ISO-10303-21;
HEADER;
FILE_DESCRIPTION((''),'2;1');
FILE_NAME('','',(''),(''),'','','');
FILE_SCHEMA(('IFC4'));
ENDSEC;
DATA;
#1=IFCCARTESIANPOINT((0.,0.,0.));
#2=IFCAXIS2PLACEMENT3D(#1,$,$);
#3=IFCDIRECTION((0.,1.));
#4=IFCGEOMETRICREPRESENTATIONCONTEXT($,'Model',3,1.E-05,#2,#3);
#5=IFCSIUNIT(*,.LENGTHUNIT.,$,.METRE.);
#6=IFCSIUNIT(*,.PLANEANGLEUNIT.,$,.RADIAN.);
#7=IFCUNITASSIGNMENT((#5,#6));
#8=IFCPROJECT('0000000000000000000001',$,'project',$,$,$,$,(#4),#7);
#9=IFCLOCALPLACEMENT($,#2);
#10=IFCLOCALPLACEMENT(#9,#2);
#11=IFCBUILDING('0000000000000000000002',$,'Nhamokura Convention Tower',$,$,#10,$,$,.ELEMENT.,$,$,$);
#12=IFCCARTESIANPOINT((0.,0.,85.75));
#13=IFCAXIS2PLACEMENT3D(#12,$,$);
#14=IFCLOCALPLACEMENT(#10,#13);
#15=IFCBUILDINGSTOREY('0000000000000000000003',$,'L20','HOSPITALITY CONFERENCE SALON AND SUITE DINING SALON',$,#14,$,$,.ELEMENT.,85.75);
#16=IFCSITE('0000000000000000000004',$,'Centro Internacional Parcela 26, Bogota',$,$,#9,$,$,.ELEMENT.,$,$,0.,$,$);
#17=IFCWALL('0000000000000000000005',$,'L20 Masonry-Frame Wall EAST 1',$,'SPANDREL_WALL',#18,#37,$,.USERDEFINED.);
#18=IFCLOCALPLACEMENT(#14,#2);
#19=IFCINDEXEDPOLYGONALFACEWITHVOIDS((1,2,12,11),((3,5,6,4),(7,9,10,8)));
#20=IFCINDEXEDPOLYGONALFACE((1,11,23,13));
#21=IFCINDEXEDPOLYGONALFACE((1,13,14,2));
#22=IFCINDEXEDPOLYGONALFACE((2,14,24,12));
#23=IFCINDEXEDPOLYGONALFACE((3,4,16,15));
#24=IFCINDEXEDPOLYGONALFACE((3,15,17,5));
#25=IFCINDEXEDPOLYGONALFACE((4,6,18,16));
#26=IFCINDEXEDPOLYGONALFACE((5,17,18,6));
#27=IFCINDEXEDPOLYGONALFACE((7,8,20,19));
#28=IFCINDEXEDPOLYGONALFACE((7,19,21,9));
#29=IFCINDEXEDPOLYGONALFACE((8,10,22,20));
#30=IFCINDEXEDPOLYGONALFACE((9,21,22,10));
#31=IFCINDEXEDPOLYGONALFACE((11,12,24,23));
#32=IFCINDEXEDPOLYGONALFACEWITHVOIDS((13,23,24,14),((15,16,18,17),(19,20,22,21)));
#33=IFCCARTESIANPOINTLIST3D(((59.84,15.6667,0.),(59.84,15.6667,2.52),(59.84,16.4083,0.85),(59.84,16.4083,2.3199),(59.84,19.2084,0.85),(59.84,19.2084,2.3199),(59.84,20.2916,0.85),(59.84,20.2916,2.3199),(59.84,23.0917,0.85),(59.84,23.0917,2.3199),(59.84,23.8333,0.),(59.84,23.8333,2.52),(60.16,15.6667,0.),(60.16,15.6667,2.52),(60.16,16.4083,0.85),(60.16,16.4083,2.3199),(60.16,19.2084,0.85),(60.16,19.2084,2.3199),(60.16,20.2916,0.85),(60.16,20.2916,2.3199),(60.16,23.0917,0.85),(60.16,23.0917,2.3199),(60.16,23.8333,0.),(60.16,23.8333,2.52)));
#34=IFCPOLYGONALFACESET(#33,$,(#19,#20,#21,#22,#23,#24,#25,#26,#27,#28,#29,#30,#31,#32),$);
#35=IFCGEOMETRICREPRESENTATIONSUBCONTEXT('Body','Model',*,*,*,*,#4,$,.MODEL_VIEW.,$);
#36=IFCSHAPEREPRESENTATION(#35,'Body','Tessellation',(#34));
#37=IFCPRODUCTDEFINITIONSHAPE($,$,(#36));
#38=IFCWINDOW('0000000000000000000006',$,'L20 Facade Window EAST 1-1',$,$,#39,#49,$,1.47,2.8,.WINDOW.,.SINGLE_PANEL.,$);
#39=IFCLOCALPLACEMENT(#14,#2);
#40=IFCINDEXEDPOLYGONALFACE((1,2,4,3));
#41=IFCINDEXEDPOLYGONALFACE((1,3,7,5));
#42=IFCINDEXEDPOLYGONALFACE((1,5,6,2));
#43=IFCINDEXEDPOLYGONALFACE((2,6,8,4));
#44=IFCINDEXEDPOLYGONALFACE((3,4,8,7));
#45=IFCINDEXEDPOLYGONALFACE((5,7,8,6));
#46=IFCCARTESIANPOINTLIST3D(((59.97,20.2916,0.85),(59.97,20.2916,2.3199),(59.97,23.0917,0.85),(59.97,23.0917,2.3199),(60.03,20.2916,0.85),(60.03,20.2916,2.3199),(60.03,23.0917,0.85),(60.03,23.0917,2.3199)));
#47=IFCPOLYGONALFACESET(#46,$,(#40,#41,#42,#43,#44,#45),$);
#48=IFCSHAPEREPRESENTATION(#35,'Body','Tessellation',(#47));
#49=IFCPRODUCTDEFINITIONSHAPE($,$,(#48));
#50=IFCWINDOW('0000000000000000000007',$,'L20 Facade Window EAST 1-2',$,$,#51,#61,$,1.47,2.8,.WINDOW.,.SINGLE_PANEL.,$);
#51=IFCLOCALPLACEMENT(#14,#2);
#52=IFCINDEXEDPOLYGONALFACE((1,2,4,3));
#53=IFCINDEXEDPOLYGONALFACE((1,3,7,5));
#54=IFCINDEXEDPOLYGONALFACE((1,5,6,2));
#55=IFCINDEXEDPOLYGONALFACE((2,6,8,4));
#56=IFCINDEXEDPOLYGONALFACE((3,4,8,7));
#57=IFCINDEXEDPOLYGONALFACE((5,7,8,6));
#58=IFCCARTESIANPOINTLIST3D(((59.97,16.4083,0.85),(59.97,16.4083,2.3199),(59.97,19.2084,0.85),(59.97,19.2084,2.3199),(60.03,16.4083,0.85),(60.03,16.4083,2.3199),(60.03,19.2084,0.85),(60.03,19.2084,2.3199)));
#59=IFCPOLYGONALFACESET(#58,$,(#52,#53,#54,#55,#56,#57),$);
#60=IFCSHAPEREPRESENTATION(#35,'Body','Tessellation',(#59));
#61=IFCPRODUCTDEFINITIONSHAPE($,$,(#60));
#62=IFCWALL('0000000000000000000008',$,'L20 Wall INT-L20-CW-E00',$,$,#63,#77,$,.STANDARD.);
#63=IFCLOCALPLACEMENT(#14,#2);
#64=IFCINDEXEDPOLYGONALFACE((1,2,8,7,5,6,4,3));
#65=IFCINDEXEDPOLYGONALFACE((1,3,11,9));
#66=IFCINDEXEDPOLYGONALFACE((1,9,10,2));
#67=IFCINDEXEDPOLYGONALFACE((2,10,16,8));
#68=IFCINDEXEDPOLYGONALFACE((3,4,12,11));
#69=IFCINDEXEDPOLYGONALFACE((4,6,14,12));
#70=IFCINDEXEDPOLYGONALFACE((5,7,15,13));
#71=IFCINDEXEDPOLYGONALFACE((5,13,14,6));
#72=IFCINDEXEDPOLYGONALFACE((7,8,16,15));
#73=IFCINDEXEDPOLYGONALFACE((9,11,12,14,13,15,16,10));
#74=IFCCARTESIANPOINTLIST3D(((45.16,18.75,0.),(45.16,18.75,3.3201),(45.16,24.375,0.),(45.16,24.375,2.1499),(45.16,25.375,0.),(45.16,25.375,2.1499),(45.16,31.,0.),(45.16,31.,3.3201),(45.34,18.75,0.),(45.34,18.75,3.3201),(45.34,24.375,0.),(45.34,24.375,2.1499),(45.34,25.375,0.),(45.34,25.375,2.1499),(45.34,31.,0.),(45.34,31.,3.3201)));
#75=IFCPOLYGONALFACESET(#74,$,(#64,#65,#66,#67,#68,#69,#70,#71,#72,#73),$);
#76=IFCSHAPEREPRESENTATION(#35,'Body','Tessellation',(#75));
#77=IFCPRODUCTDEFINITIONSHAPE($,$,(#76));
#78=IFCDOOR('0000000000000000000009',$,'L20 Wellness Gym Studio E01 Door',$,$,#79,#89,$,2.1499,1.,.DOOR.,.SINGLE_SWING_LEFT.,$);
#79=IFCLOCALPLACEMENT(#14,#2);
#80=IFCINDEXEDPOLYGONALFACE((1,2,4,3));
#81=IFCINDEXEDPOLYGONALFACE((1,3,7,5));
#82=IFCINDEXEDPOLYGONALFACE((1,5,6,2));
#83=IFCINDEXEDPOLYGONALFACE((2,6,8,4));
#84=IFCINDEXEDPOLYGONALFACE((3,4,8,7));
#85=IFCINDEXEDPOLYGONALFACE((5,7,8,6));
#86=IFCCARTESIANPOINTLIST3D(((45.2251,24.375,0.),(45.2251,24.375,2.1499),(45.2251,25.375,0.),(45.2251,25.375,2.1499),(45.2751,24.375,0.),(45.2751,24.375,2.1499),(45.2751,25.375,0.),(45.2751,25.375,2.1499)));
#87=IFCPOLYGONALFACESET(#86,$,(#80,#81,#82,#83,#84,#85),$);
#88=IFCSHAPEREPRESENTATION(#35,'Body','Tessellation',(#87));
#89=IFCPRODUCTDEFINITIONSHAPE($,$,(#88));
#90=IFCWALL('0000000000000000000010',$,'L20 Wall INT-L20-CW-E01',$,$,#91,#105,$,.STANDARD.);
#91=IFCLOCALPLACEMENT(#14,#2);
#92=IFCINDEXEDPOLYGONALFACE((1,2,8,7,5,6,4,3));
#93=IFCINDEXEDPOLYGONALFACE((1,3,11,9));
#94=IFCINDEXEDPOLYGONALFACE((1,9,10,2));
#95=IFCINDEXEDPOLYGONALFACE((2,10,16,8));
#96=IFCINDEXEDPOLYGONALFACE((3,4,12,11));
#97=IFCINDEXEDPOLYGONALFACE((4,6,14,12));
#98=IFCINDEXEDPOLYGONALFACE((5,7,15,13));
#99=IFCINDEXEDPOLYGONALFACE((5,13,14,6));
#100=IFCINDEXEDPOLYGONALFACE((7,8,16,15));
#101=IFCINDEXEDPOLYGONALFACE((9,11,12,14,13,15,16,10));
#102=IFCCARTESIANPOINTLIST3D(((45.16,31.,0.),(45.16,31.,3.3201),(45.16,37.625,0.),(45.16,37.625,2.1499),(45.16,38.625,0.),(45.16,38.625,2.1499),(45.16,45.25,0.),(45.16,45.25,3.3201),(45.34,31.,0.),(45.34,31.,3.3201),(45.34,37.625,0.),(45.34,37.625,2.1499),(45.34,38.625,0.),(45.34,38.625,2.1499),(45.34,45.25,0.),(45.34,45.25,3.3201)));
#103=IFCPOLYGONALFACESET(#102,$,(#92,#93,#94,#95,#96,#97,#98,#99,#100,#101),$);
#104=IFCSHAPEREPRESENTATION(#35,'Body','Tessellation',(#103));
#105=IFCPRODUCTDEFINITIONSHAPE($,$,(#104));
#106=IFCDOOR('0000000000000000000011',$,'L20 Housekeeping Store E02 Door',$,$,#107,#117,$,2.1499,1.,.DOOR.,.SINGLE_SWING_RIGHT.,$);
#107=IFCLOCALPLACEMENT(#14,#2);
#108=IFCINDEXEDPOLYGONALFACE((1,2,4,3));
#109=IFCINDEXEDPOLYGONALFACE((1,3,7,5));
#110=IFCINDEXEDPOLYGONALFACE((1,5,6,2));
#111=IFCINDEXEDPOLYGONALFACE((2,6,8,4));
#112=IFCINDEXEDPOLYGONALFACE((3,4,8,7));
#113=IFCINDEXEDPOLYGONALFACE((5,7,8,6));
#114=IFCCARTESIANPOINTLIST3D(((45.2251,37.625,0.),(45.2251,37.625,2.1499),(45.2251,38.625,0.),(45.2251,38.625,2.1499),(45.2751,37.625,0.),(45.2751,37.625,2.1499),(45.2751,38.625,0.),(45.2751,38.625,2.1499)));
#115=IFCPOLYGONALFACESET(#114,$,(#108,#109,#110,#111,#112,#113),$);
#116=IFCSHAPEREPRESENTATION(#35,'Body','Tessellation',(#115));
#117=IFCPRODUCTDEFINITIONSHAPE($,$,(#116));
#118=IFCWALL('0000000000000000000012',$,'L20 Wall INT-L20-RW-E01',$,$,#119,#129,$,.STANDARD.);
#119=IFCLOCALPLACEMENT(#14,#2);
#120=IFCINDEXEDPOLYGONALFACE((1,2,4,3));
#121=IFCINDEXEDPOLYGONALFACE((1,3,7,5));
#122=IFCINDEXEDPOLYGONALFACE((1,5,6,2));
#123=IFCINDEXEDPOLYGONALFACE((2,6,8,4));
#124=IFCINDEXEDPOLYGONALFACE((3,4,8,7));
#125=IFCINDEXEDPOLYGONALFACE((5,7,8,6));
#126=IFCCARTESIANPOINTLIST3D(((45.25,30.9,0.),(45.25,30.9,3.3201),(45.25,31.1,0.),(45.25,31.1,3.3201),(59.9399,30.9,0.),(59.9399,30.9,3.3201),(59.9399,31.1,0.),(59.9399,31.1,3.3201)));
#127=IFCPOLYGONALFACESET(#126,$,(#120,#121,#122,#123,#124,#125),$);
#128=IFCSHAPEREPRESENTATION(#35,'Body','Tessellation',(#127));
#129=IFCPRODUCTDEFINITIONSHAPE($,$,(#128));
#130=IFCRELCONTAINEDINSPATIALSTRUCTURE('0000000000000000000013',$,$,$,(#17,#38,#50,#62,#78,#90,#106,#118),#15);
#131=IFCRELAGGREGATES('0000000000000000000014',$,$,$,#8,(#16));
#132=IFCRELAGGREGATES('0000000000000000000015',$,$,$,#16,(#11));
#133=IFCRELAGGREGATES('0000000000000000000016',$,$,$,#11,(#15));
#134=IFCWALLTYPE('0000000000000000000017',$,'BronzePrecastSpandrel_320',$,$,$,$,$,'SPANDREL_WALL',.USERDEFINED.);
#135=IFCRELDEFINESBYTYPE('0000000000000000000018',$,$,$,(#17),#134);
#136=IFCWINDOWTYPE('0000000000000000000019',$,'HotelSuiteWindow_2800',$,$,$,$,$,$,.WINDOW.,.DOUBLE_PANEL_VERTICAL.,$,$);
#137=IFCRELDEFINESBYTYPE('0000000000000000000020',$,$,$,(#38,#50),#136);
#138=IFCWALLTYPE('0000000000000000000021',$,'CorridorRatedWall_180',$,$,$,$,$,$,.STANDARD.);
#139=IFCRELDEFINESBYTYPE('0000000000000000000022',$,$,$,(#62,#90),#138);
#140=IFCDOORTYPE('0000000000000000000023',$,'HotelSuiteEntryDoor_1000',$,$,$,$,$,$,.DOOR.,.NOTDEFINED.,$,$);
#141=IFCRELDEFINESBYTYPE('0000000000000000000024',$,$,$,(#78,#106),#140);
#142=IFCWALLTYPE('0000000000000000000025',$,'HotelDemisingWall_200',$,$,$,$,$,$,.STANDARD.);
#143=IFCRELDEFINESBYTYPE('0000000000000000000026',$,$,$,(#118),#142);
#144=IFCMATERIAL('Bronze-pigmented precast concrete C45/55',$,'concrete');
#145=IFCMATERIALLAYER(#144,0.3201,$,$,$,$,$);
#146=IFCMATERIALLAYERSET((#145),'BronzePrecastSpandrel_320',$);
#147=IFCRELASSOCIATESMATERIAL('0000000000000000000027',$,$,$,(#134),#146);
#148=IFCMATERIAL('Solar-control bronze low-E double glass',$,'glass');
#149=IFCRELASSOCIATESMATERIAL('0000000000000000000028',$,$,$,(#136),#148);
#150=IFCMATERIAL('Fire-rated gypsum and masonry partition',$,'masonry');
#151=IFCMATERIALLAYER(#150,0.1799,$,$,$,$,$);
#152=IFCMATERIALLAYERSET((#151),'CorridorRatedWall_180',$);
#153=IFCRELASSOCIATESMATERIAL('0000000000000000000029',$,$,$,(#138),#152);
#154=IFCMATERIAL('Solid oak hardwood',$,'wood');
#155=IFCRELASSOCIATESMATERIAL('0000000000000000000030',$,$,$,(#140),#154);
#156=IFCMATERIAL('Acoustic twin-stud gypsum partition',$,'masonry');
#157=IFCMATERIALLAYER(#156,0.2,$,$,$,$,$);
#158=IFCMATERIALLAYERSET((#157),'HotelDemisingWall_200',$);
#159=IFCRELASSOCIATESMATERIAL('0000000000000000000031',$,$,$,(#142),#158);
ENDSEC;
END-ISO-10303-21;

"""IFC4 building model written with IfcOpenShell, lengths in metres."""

from ifc_helpers import new_model, si_unit, direction, frame, frame_2d, origin, place, context, subcontext, project, spatial, rectangle, extrude, material, layer, layer_set, type_object, element, fill, save


model = new_model("IFC4")

# Units and contexts
model_context = context("Model", 3, precision=1e-05, world=origin(), true_north=direction((0.0, 1.0)))
body_context = subcontext(model_context, "Body", "Model", "MODEL_VIEW")
ifc_project = project(units=[si_unit("LENGTHUNIT", "METRE"), si_unit("PLANEANGLEUNIT", "RADIAN")], contexts=[model_context])

# Site, building, storey
site_placement = place(None, origin())
site = spatial("IfcSite", under=ifc_project, at=site_placement, Name="Centro Internacional Parcela 26, Bogota", CompositionType="ELEMENT", RefElevation=0.0)
building_placement = place(site_placement, origin())
building = spatial("IfcBuilding", under=site, at=building_placement, Name="Nhamokura Convention Tower", CompositionType="ELEMENT")
storey_placement = place(building_placement, frame((0.0, 0.0, 85.75)))
storey = spatial("IfcBuildingStorey", under=building, at=storey_placement, Name="L20", Description="HOSPITALITY CONFERENCE SALON AND SUITE DINING SALON", CompositionType="ELEMENT", Elevation=85.75)

# Shared definitions
ifc_material_1 = material(Name="Bronze-pigmented precast concrete C45/55", Category="concrete")
ifc_layer_1 = layer(ifc_material_1, 0.3201)
ifc_layer_set_1 = layer_set([ifc_layer_1], Name="BronzePrecastSpandrel_320")
wall_type_1 = type_object("IfcWallType", Name="BronzePrecastSpandrel_320", ElementType="SPANDREL_WALL", PredefinedType="USERDEFINED", material=ifc_layer_set_1)

# Wall, openings, windows
wall_1_placement = place(storey_placement, frame((60.0, 23.8333, 0.0), z_axis=(0.0, 0.0, 1.0), x_axis=(0.0, -1.0, 0.0)))
wall_1 = element("IfcWall", 1, at=wall_1_placement, inside=storey, type_object=wall_type_1, Name="L20 Masonry-Frame Wall EAST 1", ObjectType="SPANDREL_WALL", PredefinedType="USERDEFINED", context=body_context, shape_type="SweptSolid", body=[
    extrude(rectangle(XDim=8.1665, YDim=0.3201, at=frame_2d((4.0833, 0.0))), origin(), (0.0, 0.0, 1.0), 2.52),
])
opening_1_placement = place(wall_1_placement, frame((0.7417, 0.0, 0.8501)))
opening_1 = element("IfcOpeningElement", 2, at=opening_1_placement, cuts=wall_1, PredefinedType="OPENING", context=body_context, shape_type="SweptSolid", body=[
    extrude(rectangle(XDim=2.8, YDim=1.47, at=frame_2d((1.3999, 0.7349))), frame((0.0, 0.1699, 0.0), z_axis=(0.0, -1.0, 0.0), x_axis=(1.0, 0.0, 0.0)), (0.0, 0.0, 1.0), 0.3401),
])
opening_2_placement = place(wall_1_placement, frame((4.625, 0.0, 0.8501)))
opening_2 = element("IfcOpeningElement", 3, at=opening_2_placement, cuts=wall_1, PredefinedType="OPENING", context=body_context, shape_type="SweptSolid", body=[
    extrude(rectangle(XDim=2.8, YDim=1.47, at=frame_2d((1.3999, 0.7349))), frame((0.0, 0.1699, 0.0), z_axis=(0.0, -1.0, 0.0), x_axis=(1.0, 0.0, 0.0)), (0.0, 0.0, 1.0), 0.3401),
])
ifc_material_2 = material(Name="Solar-control bronze low-E double glass", Category="glass")
window_type = type_object("IfcWindowType", Name="HotelSuiteWindow_2800", PartitioningType="DOUBLE_PANEL_VERTICAL", PredefinedType="WINDOW", material=ifc_material_2)
window_1_placement = place(opening_1_placement, origin())
window_1 = element("IfcWindow", 4, at=window_1_placement, inside=storey, type_object=window_type, Name="L20 Facade Window EAST 1-1", OverallHeight=1.47, OverallWidth=2.8, PartitioningType="SINGLE_PANEL", PredefinedType="WINDOW", context=body_context, shape_type="SweptSolid", body=[
    extrude(rectangle(XDim=2.8, YDim=1.47, at=frame_2d((1.3999, 0.7349))), frame((0.0, 0.03, 0.0), z_axis=(0.0, -1.0, 0.0), x_axis=(1.0, 0.0, 0.0)), (0.0, 0.0, 1.0), 0.0601),
])
fill(opening_1, window_1)
window_2_placement = place(opening_2_placement, origin())
window_2 = element("IfcWindow", 5, at=window_2_placement, inside=storey, type_object=window_type, Name="L20 Facade Window EAST 1-2", OverallHeight=1.47, OverallWidth=2.8, PartitioningType="SINGLE_PANEL", PredefinedType="WINDOW", context=body_context, shape_type="SweptSolid", body=[
    extrude(rectangle(XDim=2.8, YDim=1.47, at=frame_2d((1.3999, 0.7349))), frame((0.0, 0.03, 0.0), z_axis=(0.0, -1.0, 0.0), x_axis=(1.0, 0.0, 0.0)), (0.0, 0.0, 1.0), 0.0601),
])
fill(opening_2, window_2)

# Walls, openings, doors
ifc_material_3 = material(Name="Fire-rated gypsum and masonry partition", Category="masonry")
ifc_layer_2 = layer(ifc_material_3, 0.1799)
ifc_layer_set_2 = layer_set([ifc_layer_2], Name="CorridorRatedWall_180")
wall_type_2 = type_object("IfcWallType", Name="CorridorRatedWall_180", PredefinedType="STANDARD", material=ifc_layer_set_2)
wall_2_placement = place(storey_placement, frame((45.25, 18.75, 0.0), z_axis=(0.0, 0.0, 1.0), x_axis=(0.0, 1.0, 0.0)))
wall_2 = element("IfcWall", 6, at=wall_2_placement, inside=storey, type_object=wall_type_2, Name="L20 Wall INT-L20-CW-E00", PredefinedType="STANDARD", context=body_context, shape_type="SweptSolid", body=[
    extrude(rectangle(XDim=12.25, YDim=0.1799, at=frame_2d((6.125, 0.0))), origin(), (0.0, 0.0, 1.0), 3.3201),
])
opening_3_placement = place(wall_2_placement, frame((5.625, 0.0, 0.0)))
opening_3 = element("IfcOpeningElement", 7, at=opening_3_placement, cuts=wall_2, PredefinedType="OPENING", context=body_context, shape_type="SweptSolid", body=[
    extrude(rectangle(XDim=1.0, YDim=2.1499, at=frame_2d((0.5, 1.075))), frame((0.0, 0.0999, 0.0), z_axis=(0.0, -1.0, 0.0), x_axis=(1.0, 0.0, 0.0)), (0.0, 0.0, 1.0), 0.2),
])
ifc_material_4 = material(Name="Solid oak hardwood", Category="wood")
door_type = type_object("IfcDoorType", Name="HotelSuiteEntryDoor_1000", OperationType="NOTDEFINED", PredefinedType="DOOR", material=ifc_material_4)
door_1_placement = place(opening_3_placement, origin())
door_1 = element("IfcDoor", 8, at=door_1_placement, inside=storey, type_object=door_type, Name="L20 Wellness Gym Studio E01 Door", OperationType="SINGLE_SWING_LEFT", OverallHeight=2.1499, OverallWidth=1.0, PredefinedType="DOOR", context=body_context, shape_type="SweptSolid", body=[
    extrude(rectangle(XDim=1.0, YDim=2.1499, at=frame_2d((0.5, 1.075))), frame((0.0, 0.0249, 0.0), z_axis=(0.0, -1.0, 0.0), x_axis=(1.0, 0.0, 0.0)), (0.0, 0.0, 1.0), 0.05),
])
fill(opening_3, door_1)
wall_3_placement = place(storey_placement, frame((45.25, 31.0, 0.0), z_axis=(0.0, 0.0, 1.0), x_axis=(0.0, 1.0, 0.0)))
wall_3 = element("IfcWall", 9, at=wall_3_placement, inside=storey, type_object=wall_type_2, Name="L20 Wall INT-L20-CW-E01", PredefinedType="STANDARD", context=body_context, shape_type="SweptSolid", body=[
    extrude(rectangle(XDim=14.25, YDim=0.1799, at=frame_2d((7.125, 0.0))), origin(), (0.0, 0.0, 1.0), 3.3201),
])
opening_4_placement = place(wall_3_placement, frame((6.625, 0.0, 0.0)))
opening_4 = element("IfcOpeningElement", 10, at=opening_4_placement, cuts=wall_3, PredefinedType="OPENING", context=body_context, shape_type="SweptSolid", body=[
    extrude(rectangle(XDim=1.0, YDim=2.1499, at=frame_2d((0.5, 1.075))), frame((0.0, 0.0999, 0.0), z_axis=(0.0, -1.0, 0.0), x_axis=(1.0, 0.0, 0.0)), (0.0, 0.0, 1.0), 0.2),
])
door_2_placement = place(opening_4_placement, origin())
door_2 = element("IfcDoor", 11, at=door_2_placement, inside=storey, type_object=door_type, Name="L20 Housekeeping Store E02 Door", OperationType="SINGLE_SWING_RIGHT", OverallHeight=2.1499, OverallWidth=1.0, PredefinedType="DOOR", context=body_context, shape_type="SweptSolid", body=[
    extrude(rectangle(XDim=1.0, YDim=2.1499, at=frame_2d((0.5, 1.075))), frame((0.0, 0.0249, 0.0), z_axis=(0.0, -1.0, 0.0), x_axis=(1.0, 0.0, 0.0)), (0.0, 0.0, 1.0), 0.05),
])
fill(opening_4, door_2)

# Wall
ifc_material_5 = material(Name="Acoustic twin-stud gypsum partition", Category="masonry")
ifc_layer_3 = layer(ifc_material_5, 0.2)
ifc_layer_set_3 = layer_set([ifc_layer_3], Name="HotelDemisingWall_200")
wall_type_3 = type_object("IfcWallType", Name="HotelDemisingWall_200", PredefinedType="STANDARD", material=ifc_layer_set_3)
wall_4_placement = place(storey_placement, frame((45.25, 31.0, 0.0), z_axis=(0.0, 0.0, 1.0), x_axis=(1.0, 0.0, 0.0)))
element("IfcWall", 12, at=wall_4_placement, inside=storey, type_object=wall_type_3, Name="L20 Wall INT-L20-RW-E01", PredefinedType="STANDARD", context=body_context, shape_type="SweptSolid", body=[
    extrude(rectangle(XDim=14.6899, YDim=0.2, at=frame_2d((7.345, 0.0))), origin(), (0.0, 0.0, 1.0), 3.3201),
])

save(model, "model.ifc")
